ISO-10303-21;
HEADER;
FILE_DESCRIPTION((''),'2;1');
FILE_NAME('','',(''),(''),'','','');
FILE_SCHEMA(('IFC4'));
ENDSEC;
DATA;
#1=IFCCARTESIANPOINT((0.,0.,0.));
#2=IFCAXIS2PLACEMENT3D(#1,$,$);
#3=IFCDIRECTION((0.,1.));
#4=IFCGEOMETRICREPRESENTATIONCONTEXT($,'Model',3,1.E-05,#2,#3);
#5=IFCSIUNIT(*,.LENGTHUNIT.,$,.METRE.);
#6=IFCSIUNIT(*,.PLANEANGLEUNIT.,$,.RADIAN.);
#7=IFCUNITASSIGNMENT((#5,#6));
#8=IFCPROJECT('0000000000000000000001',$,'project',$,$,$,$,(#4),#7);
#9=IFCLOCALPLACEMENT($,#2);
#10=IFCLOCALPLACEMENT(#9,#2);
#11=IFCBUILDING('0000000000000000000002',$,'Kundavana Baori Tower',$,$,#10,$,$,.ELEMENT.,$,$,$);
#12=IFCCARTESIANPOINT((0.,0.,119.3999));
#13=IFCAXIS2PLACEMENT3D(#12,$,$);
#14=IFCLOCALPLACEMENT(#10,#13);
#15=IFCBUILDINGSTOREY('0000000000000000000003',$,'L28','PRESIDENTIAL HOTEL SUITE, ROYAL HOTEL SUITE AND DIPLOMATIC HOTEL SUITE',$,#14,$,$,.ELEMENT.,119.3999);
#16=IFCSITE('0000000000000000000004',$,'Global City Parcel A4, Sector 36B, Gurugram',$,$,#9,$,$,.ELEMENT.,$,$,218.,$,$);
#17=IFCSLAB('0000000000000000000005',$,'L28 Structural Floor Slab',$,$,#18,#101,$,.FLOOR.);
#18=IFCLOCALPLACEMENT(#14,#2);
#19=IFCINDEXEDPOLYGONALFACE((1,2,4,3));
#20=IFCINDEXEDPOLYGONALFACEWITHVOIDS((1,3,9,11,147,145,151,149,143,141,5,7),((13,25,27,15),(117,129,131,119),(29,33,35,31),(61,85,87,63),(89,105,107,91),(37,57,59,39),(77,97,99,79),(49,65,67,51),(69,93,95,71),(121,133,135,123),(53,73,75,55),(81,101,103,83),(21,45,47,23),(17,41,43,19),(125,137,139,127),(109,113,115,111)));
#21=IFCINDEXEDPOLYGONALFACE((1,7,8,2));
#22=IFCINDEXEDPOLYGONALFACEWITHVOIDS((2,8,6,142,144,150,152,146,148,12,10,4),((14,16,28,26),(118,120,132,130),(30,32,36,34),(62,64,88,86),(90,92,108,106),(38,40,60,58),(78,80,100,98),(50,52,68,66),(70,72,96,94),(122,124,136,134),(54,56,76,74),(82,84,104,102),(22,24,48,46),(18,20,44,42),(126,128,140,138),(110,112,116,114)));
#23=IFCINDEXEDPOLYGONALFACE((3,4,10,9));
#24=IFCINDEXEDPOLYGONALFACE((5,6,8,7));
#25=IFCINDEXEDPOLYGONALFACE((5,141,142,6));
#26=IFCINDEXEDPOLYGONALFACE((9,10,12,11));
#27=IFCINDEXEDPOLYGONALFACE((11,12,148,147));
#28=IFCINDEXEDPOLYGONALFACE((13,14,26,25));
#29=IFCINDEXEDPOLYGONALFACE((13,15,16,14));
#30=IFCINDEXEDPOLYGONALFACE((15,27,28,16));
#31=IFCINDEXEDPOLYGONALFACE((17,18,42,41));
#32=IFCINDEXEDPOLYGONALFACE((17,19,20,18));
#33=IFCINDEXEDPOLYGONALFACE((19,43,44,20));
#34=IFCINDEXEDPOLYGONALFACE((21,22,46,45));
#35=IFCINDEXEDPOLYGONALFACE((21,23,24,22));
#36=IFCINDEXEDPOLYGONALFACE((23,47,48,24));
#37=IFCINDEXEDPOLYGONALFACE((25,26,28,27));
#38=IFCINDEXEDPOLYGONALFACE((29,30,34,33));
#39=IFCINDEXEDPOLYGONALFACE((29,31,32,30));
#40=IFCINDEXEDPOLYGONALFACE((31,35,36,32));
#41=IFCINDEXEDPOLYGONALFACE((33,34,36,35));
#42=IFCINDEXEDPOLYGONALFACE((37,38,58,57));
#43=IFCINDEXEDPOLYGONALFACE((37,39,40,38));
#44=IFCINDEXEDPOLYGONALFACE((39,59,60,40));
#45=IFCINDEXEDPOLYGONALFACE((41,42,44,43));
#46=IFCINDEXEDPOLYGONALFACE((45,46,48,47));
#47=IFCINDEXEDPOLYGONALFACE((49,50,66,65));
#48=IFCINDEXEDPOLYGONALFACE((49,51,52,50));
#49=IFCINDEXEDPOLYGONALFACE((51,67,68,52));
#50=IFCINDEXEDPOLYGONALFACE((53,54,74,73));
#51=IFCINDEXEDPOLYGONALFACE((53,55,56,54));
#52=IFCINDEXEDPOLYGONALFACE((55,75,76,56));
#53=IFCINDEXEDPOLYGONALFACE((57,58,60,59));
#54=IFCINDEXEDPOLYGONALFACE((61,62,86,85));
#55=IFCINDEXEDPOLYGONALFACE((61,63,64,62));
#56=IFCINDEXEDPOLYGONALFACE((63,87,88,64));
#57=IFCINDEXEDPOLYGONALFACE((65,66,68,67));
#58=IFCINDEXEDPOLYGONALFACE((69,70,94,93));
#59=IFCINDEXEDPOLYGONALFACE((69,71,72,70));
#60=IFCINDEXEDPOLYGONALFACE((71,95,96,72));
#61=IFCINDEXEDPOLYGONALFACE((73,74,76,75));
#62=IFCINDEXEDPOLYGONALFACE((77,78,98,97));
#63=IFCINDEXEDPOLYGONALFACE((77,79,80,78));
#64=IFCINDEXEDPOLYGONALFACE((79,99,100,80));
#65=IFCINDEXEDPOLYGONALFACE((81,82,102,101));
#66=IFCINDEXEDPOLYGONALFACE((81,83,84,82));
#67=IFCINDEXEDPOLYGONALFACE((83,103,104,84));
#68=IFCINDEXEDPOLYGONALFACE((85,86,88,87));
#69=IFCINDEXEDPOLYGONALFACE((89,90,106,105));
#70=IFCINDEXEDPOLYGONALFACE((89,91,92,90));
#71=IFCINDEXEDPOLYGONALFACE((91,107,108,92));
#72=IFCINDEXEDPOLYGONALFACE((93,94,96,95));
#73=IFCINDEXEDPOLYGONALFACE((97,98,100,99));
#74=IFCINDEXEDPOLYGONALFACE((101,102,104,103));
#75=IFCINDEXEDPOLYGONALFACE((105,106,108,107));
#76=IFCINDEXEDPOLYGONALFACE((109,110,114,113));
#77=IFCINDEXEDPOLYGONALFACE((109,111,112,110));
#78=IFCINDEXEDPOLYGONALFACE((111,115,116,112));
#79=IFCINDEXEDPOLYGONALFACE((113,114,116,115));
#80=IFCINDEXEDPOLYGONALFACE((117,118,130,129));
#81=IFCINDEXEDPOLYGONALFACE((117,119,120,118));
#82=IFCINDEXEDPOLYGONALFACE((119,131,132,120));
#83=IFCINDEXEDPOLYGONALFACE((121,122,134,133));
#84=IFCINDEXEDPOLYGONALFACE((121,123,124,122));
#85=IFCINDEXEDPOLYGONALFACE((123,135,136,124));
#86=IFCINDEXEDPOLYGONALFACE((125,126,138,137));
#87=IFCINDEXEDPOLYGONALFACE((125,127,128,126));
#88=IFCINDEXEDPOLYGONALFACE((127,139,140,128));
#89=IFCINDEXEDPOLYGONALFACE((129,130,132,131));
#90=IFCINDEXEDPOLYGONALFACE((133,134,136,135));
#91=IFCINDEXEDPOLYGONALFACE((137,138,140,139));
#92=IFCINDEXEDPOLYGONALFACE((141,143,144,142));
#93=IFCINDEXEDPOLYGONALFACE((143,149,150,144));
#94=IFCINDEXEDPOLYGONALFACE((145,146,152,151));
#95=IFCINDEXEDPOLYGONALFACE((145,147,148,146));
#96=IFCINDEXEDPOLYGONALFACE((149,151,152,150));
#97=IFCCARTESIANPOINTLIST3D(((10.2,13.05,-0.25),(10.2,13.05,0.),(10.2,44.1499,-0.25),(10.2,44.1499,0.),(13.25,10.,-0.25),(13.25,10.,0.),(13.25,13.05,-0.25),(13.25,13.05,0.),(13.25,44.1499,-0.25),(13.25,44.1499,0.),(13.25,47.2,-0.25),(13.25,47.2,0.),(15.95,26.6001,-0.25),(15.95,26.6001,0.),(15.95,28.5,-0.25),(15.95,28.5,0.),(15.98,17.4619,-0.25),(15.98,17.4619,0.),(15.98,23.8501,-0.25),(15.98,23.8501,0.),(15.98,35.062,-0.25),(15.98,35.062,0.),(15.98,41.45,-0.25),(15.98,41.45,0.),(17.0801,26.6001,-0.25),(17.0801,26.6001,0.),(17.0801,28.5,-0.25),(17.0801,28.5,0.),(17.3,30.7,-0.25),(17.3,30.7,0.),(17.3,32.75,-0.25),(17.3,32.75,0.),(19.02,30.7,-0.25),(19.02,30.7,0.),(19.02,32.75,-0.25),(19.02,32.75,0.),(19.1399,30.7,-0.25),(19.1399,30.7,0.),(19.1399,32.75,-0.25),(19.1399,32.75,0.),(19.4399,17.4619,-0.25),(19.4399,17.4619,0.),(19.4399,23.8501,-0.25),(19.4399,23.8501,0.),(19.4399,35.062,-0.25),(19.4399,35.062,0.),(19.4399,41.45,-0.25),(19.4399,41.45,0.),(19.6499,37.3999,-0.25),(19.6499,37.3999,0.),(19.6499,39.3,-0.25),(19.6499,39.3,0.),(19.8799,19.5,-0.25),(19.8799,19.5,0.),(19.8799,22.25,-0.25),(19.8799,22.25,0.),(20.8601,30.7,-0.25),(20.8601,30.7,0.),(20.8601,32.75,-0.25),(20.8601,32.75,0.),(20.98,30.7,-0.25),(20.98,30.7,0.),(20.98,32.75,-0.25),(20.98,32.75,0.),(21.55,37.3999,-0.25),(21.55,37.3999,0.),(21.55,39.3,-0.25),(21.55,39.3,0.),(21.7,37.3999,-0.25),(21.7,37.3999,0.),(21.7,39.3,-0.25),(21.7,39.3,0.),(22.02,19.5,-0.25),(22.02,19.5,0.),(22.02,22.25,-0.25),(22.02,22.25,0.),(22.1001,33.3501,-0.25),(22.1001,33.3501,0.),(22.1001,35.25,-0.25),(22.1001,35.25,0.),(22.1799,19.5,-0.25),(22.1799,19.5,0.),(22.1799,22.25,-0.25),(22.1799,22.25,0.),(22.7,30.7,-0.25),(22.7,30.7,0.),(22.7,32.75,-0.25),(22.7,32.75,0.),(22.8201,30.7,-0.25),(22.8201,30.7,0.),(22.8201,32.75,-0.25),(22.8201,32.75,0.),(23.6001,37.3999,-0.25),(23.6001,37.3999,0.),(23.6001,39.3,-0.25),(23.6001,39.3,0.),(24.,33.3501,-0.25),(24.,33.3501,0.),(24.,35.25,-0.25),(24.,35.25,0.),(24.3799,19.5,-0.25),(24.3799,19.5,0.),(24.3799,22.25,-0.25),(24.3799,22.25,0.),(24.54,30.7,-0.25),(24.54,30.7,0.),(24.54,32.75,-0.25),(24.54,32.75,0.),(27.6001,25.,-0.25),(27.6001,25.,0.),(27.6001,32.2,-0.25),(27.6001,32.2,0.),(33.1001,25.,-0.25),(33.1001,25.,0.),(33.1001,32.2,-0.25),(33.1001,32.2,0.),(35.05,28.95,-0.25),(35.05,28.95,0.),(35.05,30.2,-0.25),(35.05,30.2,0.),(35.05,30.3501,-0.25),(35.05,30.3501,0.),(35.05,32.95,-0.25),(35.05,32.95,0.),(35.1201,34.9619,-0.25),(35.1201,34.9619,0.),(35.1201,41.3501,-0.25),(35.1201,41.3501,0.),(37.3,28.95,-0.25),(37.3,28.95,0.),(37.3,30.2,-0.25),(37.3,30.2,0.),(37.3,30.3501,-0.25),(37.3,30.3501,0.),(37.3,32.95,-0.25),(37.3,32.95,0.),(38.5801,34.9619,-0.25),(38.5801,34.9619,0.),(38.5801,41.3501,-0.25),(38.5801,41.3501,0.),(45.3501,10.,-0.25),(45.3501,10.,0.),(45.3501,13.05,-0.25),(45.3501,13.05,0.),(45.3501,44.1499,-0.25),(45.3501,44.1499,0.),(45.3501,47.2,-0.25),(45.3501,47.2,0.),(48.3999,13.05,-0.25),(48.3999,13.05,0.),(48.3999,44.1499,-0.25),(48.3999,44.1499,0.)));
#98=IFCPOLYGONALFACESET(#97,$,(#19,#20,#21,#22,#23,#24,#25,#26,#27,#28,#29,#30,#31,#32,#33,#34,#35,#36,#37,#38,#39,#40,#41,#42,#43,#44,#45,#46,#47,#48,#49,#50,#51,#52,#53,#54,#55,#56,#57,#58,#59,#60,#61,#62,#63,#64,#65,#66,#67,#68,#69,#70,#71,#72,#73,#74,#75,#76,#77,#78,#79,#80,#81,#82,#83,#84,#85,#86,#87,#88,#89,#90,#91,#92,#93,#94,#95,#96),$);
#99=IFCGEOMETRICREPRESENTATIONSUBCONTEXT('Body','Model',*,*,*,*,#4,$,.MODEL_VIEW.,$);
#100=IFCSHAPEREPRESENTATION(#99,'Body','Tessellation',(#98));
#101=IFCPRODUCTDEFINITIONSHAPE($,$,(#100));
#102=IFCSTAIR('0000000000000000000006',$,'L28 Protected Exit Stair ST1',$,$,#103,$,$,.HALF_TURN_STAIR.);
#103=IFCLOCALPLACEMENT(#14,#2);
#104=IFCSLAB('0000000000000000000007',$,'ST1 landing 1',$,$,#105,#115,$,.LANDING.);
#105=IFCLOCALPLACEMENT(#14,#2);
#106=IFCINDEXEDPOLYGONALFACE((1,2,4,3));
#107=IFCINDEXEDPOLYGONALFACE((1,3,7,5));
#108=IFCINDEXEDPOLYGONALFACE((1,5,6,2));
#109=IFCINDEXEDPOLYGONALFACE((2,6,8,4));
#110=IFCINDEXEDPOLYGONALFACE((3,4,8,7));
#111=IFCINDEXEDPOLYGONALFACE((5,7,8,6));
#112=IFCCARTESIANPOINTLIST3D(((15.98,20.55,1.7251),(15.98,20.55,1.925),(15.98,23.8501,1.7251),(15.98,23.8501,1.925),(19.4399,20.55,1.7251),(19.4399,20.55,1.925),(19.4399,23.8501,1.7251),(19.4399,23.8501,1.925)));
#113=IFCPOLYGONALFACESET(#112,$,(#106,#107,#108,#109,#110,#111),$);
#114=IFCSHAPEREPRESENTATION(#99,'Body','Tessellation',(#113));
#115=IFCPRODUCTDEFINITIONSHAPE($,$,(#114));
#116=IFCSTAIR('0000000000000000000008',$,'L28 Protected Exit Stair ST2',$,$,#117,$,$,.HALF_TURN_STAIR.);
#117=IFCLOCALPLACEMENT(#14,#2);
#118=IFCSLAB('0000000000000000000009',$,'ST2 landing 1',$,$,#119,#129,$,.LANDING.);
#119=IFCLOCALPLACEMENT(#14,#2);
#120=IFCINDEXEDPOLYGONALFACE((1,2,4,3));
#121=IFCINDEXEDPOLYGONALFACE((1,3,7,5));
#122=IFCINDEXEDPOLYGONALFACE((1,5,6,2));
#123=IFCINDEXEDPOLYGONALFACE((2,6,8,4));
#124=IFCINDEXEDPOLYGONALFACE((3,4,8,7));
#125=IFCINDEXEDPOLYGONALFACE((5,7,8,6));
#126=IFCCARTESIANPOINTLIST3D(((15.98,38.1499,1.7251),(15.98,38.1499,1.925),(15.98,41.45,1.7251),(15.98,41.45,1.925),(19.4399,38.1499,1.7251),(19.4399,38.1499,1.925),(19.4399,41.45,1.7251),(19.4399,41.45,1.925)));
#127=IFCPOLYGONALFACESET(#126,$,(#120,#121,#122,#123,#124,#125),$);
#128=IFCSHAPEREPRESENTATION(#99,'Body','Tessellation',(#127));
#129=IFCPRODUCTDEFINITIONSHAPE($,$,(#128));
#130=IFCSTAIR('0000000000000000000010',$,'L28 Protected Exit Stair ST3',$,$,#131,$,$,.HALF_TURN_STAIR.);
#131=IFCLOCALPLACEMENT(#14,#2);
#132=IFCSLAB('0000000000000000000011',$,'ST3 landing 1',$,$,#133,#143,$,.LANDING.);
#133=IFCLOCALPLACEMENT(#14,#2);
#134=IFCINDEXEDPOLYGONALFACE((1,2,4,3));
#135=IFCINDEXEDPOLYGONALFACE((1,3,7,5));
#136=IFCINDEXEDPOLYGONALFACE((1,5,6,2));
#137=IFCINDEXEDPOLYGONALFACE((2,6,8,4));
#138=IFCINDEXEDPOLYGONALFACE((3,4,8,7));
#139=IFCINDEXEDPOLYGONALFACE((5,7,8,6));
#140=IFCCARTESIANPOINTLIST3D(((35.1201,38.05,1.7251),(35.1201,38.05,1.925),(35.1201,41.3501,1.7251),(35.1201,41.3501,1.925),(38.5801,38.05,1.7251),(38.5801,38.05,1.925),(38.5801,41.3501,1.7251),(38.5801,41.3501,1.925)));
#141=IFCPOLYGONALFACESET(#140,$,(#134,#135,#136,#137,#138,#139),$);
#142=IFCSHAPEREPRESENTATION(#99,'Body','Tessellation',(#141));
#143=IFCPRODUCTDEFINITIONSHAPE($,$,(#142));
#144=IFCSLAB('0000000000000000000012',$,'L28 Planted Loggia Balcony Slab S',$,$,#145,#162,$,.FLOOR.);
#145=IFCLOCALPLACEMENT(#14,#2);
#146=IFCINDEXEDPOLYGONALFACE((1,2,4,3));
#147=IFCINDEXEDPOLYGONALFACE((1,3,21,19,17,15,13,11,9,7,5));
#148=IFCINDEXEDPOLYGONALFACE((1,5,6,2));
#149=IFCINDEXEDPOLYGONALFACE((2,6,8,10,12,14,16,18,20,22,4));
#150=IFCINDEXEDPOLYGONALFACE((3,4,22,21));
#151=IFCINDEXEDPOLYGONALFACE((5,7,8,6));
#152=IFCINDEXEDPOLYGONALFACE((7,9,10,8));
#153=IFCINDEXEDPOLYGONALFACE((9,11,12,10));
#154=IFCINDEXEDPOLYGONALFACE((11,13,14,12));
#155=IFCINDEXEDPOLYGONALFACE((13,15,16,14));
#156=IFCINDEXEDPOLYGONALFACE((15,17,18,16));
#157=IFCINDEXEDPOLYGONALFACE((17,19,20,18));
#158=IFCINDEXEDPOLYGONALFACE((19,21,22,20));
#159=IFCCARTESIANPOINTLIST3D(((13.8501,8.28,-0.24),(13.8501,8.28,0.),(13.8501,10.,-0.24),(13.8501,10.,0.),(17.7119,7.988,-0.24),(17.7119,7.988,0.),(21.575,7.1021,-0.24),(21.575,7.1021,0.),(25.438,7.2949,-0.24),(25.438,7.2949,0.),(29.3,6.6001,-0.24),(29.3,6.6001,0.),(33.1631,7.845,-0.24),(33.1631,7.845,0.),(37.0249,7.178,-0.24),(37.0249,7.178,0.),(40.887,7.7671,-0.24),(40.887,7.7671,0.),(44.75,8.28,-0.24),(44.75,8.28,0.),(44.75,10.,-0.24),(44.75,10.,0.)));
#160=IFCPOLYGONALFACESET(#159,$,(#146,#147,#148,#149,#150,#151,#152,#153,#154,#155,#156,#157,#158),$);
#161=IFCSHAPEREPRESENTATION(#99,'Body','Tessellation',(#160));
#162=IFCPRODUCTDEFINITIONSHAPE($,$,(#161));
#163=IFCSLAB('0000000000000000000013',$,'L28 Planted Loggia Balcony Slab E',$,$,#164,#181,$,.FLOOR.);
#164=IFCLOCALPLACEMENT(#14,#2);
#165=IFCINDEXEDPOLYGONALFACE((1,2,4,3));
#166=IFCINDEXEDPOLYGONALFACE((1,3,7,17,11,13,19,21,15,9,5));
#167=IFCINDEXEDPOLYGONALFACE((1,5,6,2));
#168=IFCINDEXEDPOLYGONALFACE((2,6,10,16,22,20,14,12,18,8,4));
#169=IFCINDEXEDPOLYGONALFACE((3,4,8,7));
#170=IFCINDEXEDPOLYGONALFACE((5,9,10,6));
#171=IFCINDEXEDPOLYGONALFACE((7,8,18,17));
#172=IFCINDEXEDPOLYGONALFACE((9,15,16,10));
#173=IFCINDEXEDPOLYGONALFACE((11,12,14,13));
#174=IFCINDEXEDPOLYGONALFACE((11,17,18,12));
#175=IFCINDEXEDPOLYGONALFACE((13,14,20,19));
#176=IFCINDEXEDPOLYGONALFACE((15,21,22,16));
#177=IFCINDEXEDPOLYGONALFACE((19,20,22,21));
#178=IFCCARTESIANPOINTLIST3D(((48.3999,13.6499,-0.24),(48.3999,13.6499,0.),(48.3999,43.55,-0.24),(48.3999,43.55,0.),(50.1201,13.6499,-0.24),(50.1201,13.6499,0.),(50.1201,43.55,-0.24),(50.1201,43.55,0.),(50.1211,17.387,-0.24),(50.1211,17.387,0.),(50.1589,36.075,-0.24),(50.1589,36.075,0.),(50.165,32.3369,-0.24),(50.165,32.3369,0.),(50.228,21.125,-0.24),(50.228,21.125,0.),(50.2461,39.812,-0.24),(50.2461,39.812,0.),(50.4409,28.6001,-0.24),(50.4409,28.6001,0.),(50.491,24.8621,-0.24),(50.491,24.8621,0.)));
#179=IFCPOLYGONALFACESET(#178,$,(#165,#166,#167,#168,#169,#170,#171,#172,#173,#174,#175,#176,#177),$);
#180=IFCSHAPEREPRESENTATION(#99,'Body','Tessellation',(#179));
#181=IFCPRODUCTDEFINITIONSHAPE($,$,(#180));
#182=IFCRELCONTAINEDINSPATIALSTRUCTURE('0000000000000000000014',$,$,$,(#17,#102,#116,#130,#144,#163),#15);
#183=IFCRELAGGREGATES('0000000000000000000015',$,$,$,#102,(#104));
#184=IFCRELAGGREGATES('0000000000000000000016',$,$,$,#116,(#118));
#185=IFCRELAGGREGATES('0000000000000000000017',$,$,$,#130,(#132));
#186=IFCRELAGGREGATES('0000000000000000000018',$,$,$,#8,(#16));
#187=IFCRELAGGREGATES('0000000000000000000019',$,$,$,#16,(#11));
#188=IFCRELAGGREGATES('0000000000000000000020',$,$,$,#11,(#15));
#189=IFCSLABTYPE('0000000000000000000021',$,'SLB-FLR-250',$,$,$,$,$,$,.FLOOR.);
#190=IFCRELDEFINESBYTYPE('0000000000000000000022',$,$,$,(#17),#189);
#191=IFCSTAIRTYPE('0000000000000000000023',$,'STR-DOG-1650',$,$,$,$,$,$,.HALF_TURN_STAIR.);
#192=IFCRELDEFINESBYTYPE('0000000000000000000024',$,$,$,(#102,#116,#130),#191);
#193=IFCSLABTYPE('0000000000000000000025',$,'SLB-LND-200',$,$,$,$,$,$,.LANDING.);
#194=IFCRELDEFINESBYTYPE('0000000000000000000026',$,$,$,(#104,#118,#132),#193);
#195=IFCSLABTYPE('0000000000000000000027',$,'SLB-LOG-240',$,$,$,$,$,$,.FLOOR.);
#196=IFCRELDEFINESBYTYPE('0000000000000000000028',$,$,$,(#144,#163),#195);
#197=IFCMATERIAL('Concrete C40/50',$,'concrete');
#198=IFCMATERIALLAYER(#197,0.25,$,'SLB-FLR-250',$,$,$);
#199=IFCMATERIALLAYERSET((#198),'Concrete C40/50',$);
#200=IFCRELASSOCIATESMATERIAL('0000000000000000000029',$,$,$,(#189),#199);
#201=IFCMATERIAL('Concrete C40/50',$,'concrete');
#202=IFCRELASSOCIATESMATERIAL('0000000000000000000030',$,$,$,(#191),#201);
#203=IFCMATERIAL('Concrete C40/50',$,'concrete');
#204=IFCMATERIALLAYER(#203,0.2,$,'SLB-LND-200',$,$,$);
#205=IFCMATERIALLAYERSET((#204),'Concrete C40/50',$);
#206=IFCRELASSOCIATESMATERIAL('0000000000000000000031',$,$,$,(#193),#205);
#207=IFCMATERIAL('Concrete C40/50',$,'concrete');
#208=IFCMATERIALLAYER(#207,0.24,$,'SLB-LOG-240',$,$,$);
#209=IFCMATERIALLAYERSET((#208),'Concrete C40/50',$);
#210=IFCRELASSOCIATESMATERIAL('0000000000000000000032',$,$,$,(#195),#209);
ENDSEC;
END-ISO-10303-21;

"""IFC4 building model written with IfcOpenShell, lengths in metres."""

from ifc_helpers import new_model, si_unit, direction, frame, origin, place, context, subcontext, project, spatial, polyline, outline, extrude, material, layer, layer_set, type_object, element, aggregate, save


model = new_model("IFC4")

# Units and contexts
model_context = context("Model", 3, precision=1e-05, world=origin(), true_north=direction((0.0, 1.0)))
body_context = subcontext(model_context, "Body", "Model", "MODEL_VIEW")
ifc_project = project(units=[si_unit("LENGTHUNIT", "METRE"), si_unit("PLANEANGLEUNIT", "RADIAN")], contexts=[model_context])

# Site, building, storey
site_placement = place(None, origin())
site = spatial("IfcSite", under=ifc_project, at=site_placement, Name="Global City Parcel A4, Sector 36B, Gurugram", CompositionType="ELEMENT", RefElevation=218.0)
building_placement = place(site_placement, origin())
building = spatial("IfcBuilding", under=site, at=building_placement, Name="Kundavana Baori Tower", CompositionType="ELEMENT")
storey_placement = place(building_placement, frame((0.0, 0.0, 119.3999)))
storey = spatial("IfcBuildingStorey", under=building, at=storey_placement, Name="L28", Description="PRESIDENTIAL HOTEL SUITE, ROYAL HOTEL SUITE AND DIPLOMATIC HOTEL SUITE", CompositionType="ELEMENT", Elevation=119.3999)

# Slab
ifc_material_1 = material(Name="Concrete C40/50", Category="concrete")
ifc_layer_1 = layer(ifc_material_1, 0.25, Name="SLB-FLR-250")
ifc_layer_set_1 = layer_set([ifc_layer_1], Name="Concrete C40/50")
slab_type_1 = type_object("IfcSlabType", Name="SLB-FLR-250", PredefinedType="FLOOR", material=ifc_layer_set_1)
slab_1_placement = place(storey_placement, frame((0.0, 0.0, -0.25)))
element("IfcSlab", 1, at=slab_1_placement, inside=storey, type_object=slab_type_1, Name="L28 Structural Floor Slab", PredefinedType="FLOOR", context=body_context, shape_type="SweptSolid", body=[
    extrude(outline(polyline([(13.25, 10.0), (45.3501, 10.0), (45.3501, 13.05), (48.3999, 13.05), (48.3999, 44.1499), (45.3501, 44.1499), (45.3501, 47.2), (13.25, 47.2), (13.25, 44.1499), (10.2, 44.1499), (10.2, 13.05), (13.25, 13.05), (13.25, 10.0)]), holes=[polyline([(19.4399, 17.4619), (19.4399, 23.8501), (15.98, 23.8501), (15.98, 17.4619), (19.4399, 17.4619)]), polyline([(19.4399, 35.062), (19.4399, 41.45), (15.98, 41.45), (15.98, 35.062), (19.4399, 35.062)]), polyline([(38.5801, 34.9619), (38.5801, 41.3501), (35.1201, 41.3501), (35.1201, 34.9619), (38.5801, 34.9619)]), polyline([(17.3, 30.7), (19.02, 30.7), (19.02, 32.75), (17.3, 32.75), (17.3, 30.7)]), polyline([(19.1399, 30.7), (20.8601, 30.7), (20.8601, 32.75), (19.1399, 32.75), (19.1399, 30.7)]), polyline([(20.98, 30.7), (22.7, 30.7), (22.7, 32.75), (20.98, 32.75), (20.98, 30.7)]), polyline([(22.8201, 30.7), (24.54, 30.7), (24.54, 32.75), (22.8201, 32.75), (22.8201, 30.7)]), polyline([(19.6499, 37.3999), (21.55, 37.3999), (21.55, 39.3), (19.6499, 39.3), (19.6499, 37.3999)]), polyline([(21.7, 37.3999), (23.6001, 37.3999), (23.6001, 39.3), (21.7, 39.3), (21.7, 37.3999)]), polyline([(22.1001, 33.3501), (24.0, 33.3501), (24.0, 35.25), (22.1001, 35.25), (22.1001, 33.3501)]), polyline([(19.8799, 19.5), (22.02, 19.5), (22.02, 22.25), (19.8799, 22.25), (19.8799, 19.5)]), polyline([(22.1799, 19.5), (24.3799, 19.5), (24.3799, 22.25), (22.1799, 22.25), (22.1799, 19.5)]), polyline([(35.05, 30.3501), (37.3, 30.3501), (37.3, 32.95), (35.05, 32.95), (35.05, 30.3501)]), polyline([(15.95, 26.6001), (17.0801, 26.6001), (17.0801, 28.5), (15.95, 28.5), (15.95, 26.6001)]), polyline([(35.05, 28.95), (37.3, 28.95), (37.3, 30.2), (35.05, 30.2), (35.05, 28.95)]), polyline([(27.6001, 25.0), (33.1001, 25.0), (33.1001, 32.2), (27.6001, 32.2), (27.6001, 25.0)])]), origin(), (0.0, 0.0, 1.0), 0.25),
])

# Stairs, slabs
ifc_material_2 = material(Name="Concrete C40/50", Category="concrete")
stair_type = type_object("IfcStairType", Name="STR-DOG-1650", PredefinedType="HALF_TURN_STAIR", material=ifc_material_2)
stair_1_placement = place(storey_placement, origin())
stair_1 = element("IfcStair", 2, at=stair_1_placement, inside=storey, type_object=stair_type, Name="L28 Protected Exit Stair ST1", PredefinedType="HALF_TURN_STAIR")
ifc_material_3 = material(Name="Concrete C40/50", Category="concrete")
ifc_layer_2 = layer(ifc_material_3, 0.2, Name="SLB-LND-200")
ifc_layer_set_2 = layer_set([ifc_layer_2], Name="Concrete C40/50")
slab_type_2 = type_object("IfcSlabType", Name="SLB-LND-200", PredefinedType="LANDING", material=ifc_layer_set_2)
slab_2_placement = place(storey_placement, frame((0.0, 0.0, 1.7251)))
slab_2 = element("IfcSlab", 3, at=slab_2_placement, type_object=slab_type_2, Name="ST1 landing 1", PredefinedType="LANDING", context=body_context, shape_type="SweptSolid", body=[
    extrude(outline(polyline([(19.4399, 20.55), (19.4399, 23.8501), (15.98, 23.8501), (15.98, 20.55), (19.4399, 20.55)])), origin(), (0.0, 0.0, 1.0), 0.2),
])
aggregate(stair_1, [slab_2])
stair_2_placement = place(storey_placement, origin())
stair_2 = element("IfcStair", 4, at=stair_2_placement, inside=storey, type_object=stair_type, Name="L28 Protected Exit Stair ST2", PredefinedType="HALF_TURN_STAIR")
slab_3_placement = place(storey_placement, frame((0.0, 0.0, 1.7251)))
slab_3 = element("IfcSlab", 5, at=slab_3_placement, type_object=slab_type_2, Name="ST2 landing 1", PredefinedType="LANDING", context=body_context, shape_type="SweptSolid", body=[
    extrude(outline(polyline([(19.4399, 38.1499), (19.4399, 41.45), (15.98, 41.45), (15.98, 38.1499), (19.4399, 38.1499)])), origin(), (0.0, 0.0, 1.0), 0.2),
])
aggregate(stair_2, [slab_3])
stair_3_placement = place(storey_placement, origin())
stair_3 = element("IfcStair", 6, at=stair_3_placement, inside=storey, type_object=stair_type, Name="L28 Protected Exit Stair ST3", PredefinedType="HALF_TURN_STAIR")
slab_4_placement = place(storey_placement, frame((0.0, 0.0, 1.7251)))
slab_4 = element("IfcSlab", 7, at=slab_4_placement, type_object=slab_type_2, Name="ST3 landing 1", PredefinedType="LANDING", context=body_context, shape_type="SweptSolid", body=[
    extrude(outline(polyline([(38.5801, 38.05), (38.5801, 41.3501), (35.1201, 41.3501), (35.1201, 38.05), (38.5801, 38.05)])), origin(), (0.0, 0.0, 1.0), 0.2),
])
aggregate(stair_3, [slab_4])

# Slabs
ifc_material_4 = material(Name="Concrete C40/50", Category="concrete")
ifc_layer_3 = layer(ifc_material_4, 0.24, Name="SLB-LOG-240")
ifc_layer_set_3 = layer_set([ifc_layer_3], Name="Concrete C40/50")
slab_type_3 = type_object("IfcSlabType", Name="SLB-LOG-240", PredefinedType="FLOOR", material=ifc_layer_set_3)
slab_5_placement = place(storey_placement, frame((0.0, 0.0, -0.24)))
element("IfcSlab", 8, at=slab_5_placement, inside=storey, type_object=slab_type_3, Name="L28 Planted Loggia Balcony Slab S", PredefinedType="FLOOR", context=body_context, shape_type="SweptSolid", body=[
    extrude(outline(polyline([(13.8501, 10.0), (44.75, 10.0), (44.75, 8.28), (40.887, 7.7671), (37.0249, 7.178), (33.1631, 7.845), (29.3, 6.6001), (25.438, 7.2949), (21.575, 7.1021), (17.7119, 7.988), (13.8501, 8.28), (13.8501, 10.0)])), origin(), (0.0, 0.0, 1.0), 0.24),
])
slab_6_placement = place(storey_placement, frame((0.0, 0.0, -0.24)))
element("IfcSlab", 9, at=slab_6_placement, inside=storey, type_object=slab_type_3, Name="L28 Planted Loggia Balcony Slab E", PredefinedType="FLOOR", context=body_context, shape_type="SweptSolid", body=[
    extrude(outline(polyline([(48.3999, 13.6499), (48.3999, 43.55), (50.1201, 43.55), (50.2461, 39.812), (50.1589, 36.075), (50.165, 32.3369), (50.4409, 28.6001), (50.491, 24.8621), (50.228, 21.125), (50.1211, 17.387), (50.1201, 13.6499), (48.3999, 13.6499)])), origin(), (0.0, 0.0, 1.0), 0.24),
])

save(model, "model.ifc")
